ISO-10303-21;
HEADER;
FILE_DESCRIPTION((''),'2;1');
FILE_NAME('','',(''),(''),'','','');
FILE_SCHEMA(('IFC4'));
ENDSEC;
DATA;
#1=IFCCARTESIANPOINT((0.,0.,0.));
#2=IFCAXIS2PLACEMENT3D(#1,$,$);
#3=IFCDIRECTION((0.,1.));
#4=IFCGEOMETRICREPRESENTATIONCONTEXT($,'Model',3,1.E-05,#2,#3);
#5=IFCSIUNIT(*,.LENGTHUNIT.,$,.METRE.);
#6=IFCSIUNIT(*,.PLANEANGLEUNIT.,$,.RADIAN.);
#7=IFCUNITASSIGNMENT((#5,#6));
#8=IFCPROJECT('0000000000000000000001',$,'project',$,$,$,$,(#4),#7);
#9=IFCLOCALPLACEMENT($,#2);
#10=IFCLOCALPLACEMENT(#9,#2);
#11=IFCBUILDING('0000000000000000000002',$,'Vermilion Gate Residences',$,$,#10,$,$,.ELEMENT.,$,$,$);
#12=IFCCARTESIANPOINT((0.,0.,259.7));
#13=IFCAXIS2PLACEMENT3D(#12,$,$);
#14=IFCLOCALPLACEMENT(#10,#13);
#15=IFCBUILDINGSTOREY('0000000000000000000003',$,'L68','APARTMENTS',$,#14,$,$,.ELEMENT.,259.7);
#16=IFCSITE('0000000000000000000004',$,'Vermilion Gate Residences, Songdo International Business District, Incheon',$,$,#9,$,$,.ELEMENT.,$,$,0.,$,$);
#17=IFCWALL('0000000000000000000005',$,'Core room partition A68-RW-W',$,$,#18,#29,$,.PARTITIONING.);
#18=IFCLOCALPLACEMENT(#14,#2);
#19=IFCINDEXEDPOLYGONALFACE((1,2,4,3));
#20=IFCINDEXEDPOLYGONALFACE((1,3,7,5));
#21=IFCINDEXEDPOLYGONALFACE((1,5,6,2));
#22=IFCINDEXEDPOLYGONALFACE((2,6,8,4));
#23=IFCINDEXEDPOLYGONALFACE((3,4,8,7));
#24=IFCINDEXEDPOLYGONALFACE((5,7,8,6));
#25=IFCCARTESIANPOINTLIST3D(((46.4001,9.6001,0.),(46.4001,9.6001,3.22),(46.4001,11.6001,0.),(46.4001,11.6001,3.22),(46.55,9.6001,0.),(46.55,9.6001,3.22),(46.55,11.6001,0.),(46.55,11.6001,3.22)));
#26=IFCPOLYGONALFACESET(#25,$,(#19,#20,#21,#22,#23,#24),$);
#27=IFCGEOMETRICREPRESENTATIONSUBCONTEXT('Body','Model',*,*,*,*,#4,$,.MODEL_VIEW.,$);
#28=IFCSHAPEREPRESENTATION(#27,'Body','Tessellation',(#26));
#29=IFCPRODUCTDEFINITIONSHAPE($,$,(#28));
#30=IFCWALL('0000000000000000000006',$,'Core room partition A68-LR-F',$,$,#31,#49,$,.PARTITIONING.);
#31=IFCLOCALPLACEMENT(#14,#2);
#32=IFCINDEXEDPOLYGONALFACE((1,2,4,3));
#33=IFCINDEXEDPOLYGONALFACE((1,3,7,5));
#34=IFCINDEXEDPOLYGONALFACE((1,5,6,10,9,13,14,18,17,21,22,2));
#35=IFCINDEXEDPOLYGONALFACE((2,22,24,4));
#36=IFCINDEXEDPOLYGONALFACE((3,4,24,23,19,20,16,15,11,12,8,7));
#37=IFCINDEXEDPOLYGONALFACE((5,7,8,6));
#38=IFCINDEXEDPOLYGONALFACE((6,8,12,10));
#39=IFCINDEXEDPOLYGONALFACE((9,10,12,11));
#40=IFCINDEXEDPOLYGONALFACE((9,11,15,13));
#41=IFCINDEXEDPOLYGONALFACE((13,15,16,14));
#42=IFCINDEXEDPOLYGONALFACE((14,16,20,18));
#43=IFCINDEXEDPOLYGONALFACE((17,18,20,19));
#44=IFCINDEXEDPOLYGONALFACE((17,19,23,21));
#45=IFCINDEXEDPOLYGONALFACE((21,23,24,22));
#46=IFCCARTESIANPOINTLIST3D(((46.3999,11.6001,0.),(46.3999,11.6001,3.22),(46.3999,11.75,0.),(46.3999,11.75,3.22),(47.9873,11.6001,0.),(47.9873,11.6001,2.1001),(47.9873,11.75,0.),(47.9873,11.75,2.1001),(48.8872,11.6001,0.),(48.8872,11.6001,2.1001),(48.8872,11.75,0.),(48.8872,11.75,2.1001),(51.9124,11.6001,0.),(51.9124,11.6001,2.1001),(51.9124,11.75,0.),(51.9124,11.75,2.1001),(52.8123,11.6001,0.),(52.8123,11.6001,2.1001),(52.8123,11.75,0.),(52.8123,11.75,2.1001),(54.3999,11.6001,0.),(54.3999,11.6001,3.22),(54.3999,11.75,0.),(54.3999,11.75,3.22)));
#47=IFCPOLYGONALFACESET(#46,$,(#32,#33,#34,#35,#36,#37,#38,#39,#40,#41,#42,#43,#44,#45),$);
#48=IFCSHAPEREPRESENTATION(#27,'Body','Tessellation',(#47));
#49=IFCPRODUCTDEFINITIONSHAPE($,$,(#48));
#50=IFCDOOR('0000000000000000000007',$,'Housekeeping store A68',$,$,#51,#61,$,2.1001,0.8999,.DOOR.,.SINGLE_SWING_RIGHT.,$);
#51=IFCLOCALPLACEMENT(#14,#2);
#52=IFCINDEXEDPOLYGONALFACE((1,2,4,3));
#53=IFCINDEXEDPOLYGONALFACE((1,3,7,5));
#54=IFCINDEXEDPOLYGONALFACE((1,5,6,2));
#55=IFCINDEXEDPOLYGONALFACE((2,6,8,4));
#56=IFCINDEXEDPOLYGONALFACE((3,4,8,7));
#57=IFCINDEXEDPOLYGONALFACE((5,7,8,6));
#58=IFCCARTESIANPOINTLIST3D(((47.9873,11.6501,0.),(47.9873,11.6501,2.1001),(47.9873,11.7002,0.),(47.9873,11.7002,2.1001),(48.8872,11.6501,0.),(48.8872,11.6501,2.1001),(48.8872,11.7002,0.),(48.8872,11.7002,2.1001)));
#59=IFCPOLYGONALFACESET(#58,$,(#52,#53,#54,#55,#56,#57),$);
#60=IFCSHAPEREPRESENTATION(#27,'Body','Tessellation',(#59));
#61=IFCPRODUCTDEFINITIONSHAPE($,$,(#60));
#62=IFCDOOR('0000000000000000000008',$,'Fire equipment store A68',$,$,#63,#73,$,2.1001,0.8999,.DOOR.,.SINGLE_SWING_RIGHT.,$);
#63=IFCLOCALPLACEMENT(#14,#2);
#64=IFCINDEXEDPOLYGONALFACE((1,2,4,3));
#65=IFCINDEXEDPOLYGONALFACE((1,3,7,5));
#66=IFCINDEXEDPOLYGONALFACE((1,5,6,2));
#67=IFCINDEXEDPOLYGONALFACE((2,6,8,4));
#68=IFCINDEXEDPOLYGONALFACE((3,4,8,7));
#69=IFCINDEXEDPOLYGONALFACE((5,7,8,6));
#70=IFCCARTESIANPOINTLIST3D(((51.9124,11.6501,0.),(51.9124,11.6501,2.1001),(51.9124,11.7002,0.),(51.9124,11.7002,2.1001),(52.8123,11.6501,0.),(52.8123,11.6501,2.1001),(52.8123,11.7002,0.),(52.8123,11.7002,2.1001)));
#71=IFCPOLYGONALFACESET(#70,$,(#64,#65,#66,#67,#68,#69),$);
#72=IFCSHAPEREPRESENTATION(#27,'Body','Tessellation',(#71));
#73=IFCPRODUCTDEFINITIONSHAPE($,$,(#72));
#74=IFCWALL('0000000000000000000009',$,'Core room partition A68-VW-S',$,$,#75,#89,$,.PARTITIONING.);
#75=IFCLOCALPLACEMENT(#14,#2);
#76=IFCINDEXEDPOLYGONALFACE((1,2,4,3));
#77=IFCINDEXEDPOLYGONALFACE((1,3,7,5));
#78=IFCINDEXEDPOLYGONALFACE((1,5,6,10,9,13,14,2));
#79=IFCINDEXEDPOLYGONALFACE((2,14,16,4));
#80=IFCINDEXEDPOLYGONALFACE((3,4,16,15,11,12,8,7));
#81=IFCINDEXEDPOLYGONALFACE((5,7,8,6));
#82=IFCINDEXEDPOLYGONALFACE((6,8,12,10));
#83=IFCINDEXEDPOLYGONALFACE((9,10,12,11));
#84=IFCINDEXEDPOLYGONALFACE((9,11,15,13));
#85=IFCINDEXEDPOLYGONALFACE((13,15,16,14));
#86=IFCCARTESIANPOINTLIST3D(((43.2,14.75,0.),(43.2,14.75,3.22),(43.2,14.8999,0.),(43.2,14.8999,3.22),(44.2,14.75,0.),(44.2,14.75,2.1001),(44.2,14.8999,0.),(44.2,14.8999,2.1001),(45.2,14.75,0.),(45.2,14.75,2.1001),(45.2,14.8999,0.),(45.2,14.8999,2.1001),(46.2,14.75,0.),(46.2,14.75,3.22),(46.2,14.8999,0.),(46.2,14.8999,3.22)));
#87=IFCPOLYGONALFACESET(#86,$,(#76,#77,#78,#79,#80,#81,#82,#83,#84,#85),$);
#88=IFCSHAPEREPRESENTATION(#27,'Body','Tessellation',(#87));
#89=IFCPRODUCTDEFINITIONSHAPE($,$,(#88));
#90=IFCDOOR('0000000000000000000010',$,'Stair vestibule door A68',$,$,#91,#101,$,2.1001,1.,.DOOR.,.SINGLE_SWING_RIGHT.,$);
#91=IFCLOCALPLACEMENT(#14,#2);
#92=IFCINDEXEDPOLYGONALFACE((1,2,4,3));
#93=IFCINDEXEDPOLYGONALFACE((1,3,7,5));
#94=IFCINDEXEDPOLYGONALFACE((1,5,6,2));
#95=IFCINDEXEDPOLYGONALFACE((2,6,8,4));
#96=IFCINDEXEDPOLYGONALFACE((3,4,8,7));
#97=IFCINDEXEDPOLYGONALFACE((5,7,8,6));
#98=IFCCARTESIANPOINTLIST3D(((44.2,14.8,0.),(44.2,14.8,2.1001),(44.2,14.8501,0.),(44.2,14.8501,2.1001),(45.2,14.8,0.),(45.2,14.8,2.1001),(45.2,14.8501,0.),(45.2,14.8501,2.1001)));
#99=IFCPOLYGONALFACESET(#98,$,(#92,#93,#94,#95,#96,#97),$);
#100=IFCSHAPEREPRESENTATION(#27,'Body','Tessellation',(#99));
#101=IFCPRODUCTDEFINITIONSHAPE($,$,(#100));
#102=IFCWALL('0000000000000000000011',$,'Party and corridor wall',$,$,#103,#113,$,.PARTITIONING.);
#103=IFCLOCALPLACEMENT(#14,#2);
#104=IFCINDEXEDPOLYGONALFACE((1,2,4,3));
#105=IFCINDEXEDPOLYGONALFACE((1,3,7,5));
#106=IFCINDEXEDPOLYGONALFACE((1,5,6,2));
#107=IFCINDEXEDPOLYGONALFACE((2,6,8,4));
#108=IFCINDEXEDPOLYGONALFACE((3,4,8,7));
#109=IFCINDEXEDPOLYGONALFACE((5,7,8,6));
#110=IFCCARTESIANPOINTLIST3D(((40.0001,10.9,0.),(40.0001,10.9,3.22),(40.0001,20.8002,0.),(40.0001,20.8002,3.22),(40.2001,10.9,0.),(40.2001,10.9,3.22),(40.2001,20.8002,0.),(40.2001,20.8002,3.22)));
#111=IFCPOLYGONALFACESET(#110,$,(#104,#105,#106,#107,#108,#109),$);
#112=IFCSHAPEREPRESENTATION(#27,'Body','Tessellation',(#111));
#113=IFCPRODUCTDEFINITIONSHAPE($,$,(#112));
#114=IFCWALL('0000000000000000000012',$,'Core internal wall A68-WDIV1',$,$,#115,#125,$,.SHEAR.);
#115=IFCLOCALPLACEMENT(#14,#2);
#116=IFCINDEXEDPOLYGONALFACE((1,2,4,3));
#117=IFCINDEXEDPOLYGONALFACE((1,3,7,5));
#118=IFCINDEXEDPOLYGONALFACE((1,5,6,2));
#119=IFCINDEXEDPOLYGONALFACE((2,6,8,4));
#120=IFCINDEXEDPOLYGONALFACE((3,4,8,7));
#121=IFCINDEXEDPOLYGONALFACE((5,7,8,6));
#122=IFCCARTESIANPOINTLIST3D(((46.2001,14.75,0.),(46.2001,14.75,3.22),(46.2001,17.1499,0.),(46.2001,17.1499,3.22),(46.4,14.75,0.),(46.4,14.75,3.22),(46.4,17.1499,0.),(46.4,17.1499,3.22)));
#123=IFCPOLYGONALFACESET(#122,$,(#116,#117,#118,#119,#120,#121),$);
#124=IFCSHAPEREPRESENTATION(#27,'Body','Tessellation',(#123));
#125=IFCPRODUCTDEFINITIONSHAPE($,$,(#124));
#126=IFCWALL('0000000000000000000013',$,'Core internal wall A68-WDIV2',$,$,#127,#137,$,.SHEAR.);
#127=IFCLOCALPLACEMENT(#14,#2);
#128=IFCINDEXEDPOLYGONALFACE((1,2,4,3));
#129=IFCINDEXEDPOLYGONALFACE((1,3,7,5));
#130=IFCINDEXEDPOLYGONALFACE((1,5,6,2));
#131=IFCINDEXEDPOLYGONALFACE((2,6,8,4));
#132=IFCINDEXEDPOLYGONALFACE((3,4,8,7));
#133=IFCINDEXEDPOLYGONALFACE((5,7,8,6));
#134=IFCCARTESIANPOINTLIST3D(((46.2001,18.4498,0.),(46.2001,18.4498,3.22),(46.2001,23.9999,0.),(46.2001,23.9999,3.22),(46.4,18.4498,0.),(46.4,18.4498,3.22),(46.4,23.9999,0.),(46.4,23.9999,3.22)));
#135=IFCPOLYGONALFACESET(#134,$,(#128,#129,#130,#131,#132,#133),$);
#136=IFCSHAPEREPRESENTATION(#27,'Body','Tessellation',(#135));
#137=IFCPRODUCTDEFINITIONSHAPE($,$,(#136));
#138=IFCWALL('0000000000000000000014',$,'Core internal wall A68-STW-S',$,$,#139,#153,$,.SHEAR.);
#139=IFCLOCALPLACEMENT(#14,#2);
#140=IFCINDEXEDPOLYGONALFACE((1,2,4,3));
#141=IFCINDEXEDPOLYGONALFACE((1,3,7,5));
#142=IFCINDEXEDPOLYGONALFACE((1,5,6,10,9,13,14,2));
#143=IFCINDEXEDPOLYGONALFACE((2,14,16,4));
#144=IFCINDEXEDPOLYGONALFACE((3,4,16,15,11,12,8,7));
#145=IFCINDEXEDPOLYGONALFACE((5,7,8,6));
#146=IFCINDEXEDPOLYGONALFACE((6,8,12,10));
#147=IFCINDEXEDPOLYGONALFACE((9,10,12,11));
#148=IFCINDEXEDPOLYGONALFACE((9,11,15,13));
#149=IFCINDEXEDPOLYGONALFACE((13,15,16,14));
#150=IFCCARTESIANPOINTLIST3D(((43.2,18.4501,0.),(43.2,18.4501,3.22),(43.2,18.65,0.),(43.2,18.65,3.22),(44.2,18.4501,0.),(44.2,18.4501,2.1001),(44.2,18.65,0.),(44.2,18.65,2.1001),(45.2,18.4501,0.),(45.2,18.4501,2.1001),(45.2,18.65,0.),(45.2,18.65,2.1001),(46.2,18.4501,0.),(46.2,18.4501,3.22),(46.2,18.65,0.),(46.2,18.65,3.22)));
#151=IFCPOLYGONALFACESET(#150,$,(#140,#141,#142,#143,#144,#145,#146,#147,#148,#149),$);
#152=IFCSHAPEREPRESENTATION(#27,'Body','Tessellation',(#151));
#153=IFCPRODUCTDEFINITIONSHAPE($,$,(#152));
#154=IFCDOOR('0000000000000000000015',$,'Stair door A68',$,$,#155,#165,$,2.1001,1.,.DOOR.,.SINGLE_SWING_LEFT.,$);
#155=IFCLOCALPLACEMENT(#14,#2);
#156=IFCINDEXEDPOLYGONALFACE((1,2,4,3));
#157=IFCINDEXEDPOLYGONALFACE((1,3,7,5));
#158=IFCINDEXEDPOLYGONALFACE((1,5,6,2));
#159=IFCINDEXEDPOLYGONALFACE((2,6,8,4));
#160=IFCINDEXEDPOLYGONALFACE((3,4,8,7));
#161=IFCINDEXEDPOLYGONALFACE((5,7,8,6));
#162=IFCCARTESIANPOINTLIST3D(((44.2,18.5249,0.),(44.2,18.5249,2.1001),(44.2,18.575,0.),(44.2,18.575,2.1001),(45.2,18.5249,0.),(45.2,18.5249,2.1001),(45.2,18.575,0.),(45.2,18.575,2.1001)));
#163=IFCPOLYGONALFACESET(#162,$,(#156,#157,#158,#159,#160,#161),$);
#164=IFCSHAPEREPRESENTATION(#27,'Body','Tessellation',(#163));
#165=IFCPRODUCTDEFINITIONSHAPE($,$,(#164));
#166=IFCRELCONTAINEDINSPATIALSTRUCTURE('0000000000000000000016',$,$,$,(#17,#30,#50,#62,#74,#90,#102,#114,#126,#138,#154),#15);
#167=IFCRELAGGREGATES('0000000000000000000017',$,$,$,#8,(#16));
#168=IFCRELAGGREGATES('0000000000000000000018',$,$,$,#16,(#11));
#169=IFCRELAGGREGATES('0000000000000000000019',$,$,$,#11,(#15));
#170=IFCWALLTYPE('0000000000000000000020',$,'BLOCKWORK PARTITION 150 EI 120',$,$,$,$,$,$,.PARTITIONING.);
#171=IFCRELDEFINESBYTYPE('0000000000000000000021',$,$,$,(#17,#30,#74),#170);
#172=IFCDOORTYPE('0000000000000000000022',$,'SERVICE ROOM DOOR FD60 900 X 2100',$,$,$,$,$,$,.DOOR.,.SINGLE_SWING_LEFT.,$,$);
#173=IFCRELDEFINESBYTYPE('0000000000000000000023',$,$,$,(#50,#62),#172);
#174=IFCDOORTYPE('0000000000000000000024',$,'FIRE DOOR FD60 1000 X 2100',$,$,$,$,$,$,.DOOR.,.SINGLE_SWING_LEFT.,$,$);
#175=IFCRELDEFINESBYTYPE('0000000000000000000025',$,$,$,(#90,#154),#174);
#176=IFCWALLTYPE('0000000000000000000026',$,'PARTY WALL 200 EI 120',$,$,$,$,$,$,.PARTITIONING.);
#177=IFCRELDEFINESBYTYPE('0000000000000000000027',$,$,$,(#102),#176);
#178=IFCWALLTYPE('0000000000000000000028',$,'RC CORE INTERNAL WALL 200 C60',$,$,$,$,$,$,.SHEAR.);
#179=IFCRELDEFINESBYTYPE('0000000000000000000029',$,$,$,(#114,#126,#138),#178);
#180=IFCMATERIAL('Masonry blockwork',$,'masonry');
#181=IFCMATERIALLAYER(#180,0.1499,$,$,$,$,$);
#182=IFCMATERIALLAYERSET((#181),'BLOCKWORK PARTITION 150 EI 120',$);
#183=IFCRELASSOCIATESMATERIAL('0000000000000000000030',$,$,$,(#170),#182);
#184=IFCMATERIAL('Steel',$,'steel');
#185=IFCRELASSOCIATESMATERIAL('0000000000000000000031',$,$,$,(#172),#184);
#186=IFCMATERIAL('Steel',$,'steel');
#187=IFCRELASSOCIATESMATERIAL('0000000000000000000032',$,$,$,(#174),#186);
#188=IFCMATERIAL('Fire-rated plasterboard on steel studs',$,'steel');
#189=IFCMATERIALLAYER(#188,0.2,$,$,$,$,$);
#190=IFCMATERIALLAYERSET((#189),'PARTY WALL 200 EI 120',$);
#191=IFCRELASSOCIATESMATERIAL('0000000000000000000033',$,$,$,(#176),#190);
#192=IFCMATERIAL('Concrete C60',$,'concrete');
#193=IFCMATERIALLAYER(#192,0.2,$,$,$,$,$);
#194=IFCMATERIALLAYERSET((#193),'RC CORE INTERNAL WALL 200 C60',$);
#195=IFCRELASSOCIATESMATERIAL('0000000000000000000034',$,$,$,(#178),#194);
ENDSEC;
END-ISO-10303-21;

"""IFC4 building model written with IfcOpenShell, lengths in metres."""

from ifc_helpers import new_model, si_unit, direction, frame, frame_2d, origin, place, context, subcontext, project, spatial, rectangle, extrude, material, layer, layer_set, type_object, element, fill, save


model = new_model("IFC4")

# Units and contexts
model_context = context("Model", 3, precision=1e-05, world=origin(), true_north=direction((0.0, 1.0)))
body_context = subcontext(model_context, "Body", "Model", "MODEL_VIEW")
ifc_project = project(units=[si_unit("LENGTHUNIT", "METRE"), si_unit("PLANEANGLEUNIT", "RADIAN")], contexts=[model_context])

# Site, building, storey
site_placement = place(None, origin())
site = spatial("IfcSite", under=ifc_project, at=site_placement, Name="Vermilion Gate Residences, Songdo International Business District, Incheon", CompositionType="ELEMENT", RefElevation=0.0)
building_placement = place(site_placement, origin())
building = spatial("IfcBuilding", under=site, at=building_placement, Name="Vermilion Gate Residences", CompositionType="ELEMENT")
storey_placement = place(building_placement, frame((0.0, 0.0, 259.7)))
storey = spatial("IfcBuildingStorey", under=building, at=storey_placement, Name="L68", Description="APARTMENTS", CompositionType="ELEMENT", Elevation=259.7)

# Wall
ifc_material_1 = material(Name="Masonry blockwork", Category="masonry")
ifc_layer_1 = layer(ifc_material_1, 0.1499)
ifc_layer_set_1 = layer_set([ifc_layer_1], Name="BLOCKWORK PARTITION 150 EI 120")
wall_type_1 = type_object("IfcWallType", Name="BLOCKWORK PARTITION 150 EI 120", PredefinedType="PARTITIONING", material=ifc_layer_set_1)
wall_1_placement = place(storey_placement, frame((46.4751, 9.6001, 0.0), z_axis=(0.0, 0.0, 1.0), x_axis=(0.0, 1.0, 0.0)))
element("IfcWall", 1, at=wall_1_placement, inside=storey, type_object=wall_type_1, Name="Core room partition A68-RW-W", PredefinedType="PARTITIONING", context=body_context, shape_type="SweptSolid", body=[
    extrude(rectangle(XDim=2.0, YDim=0.1499, at=frame_2d((1.0, 0.0))), origin(), (0.0, 0.0, 1.0), 3.22),
])

# Wall, openings, doors
wall_2_placement = place(storey_placement, frame((46.3999, 11.675, 0.0), z_axis=(0.0, 0.0, 1.0), x_axis=(1.0, 0.0, 0.0)))
wall_2 = element("IfcWall", 2, at=wall_2_placement, inside=storey, type_object=wall_type_1, Name="Core room partition A68-LR-F", PredefinedType="PARTITIONING", context=body_context, shape_type="SweptSolid", body=[
    extrude(rectangle(XDim=8.0, YDim=0.1499, at=frame_2d((4.0, 0.0))), origin(), (0.0, 0.0, 1.0), 3.22),
])
opening_1_placement = place(wall_2_placement, frame((1.5874, 0.0, 0.0)))
opening_1 = element("IfcOpeningElement", 3, at=opening_1_placement, cuts=wall_2, PredefinedType="OPENING", context=body_context, shape_type="SweptSolid", body=[
    extrude(rectangle(XDim=0.8999, YDim=2.1001, at=frame_2d((0.45, 1.05))), frame((0.0, 0.085, 0.0), z_axis=(0.0, -1.0, 0.0), x_axis=(1.0, 0.0, 0.0)), (0.0, 0.0, 1.0), 0.1699),
])
opening_2_placement = place(wall_2_placement, frame((5.5125, 0.0, 0.0)))
opening_2 = element("IfcOpeningElement", 4, at=opening_2_placement, cuts=wall_2, PredefinedType="OPENING", context=body_context, shape_type="SweptSolid", body=[
    extrude(rectangle(XDim=0.8999, YDim=2.1001, at=frame_2d((0.45, 1.05))), frame((0.0, 0.085, 0.0), z_axis=(0.0, -1.0, 0.0), x_axis=(1.0, 0.0, 0.0)), (0.0, 0.0, 1.0), 0.1699),
])
ifc_material_2 = material(Name="Steel", Category="steel")
door_type_1 = type_object("IfcDoorType", Name="SERVICE ROOM DOOR FD60 900 X 2100", OperationType="SINGLE_SWING_LEFT", PredefinedType="DOOR", material=ifc_material_2)
door_1_placement = place(opening_1_placement, frame((0.8999, 0.0, 0.0), z_axis=(0.0, 0.0, 1.0), x_axis=(-1.0, 0.0, 0.0)))
door_1 = element("IfcDoor", 5, at=door_1_placement, inside=storey, type_object=door_type_1, Name="Housekeeping store A68", OperationType="SINGLE_SWING_RIGHT", OverallHeight=2.1001, OverallWidth=0.8999, PredefinedType="DOOR", context=body_context, shape_type="SweptSolid", body=[
    extrude(rectangle(XDim=0.8999, YDim=2.1001, at=frame_2d((0.45, 1.05))), frame((0.0, 0.0249, 0.0), z_axis=(0.0, -1.0, 0.0), x_axis=(1.0, 0.0, 0.0)), (0.0, 0.0, 1.0), 0.05),
])
fill(opening_1, door_1)
door_2_placement = place(opening_2_placement, frame((0.8999, 0.0, 0.0), z_axis=(0.0, 0.0, 1.0), x_axis=(-1.0, 0.0, 0.0)))
door_2 = element("IfcDoor", 6, at=door_2_placement, inside=storey, type_object=door_type_1, Name="Fire equipment store A68", OperationType="SINGLE_SWING_RIGHT", OverallHeight=2.1001, OverallWidth=0.8999, PredefinedType="DOOR", context=body_context, shape_type="SweptSolid", body=[
    extrude(rectangle(XDim=0.8999, YDim=2.1001, at=frame_2d((0.45, 1.05))), frame((0.0, 0.0249, 0.0), z_axis=(0.0, -1.0, 0.0), x_axis=(1.0, 0.0, 0.0)), (0.0, 0.0, 1.0), 0.05),
])
fill(opening_2, door_2)

# Wall, opening, door
wall_3_placement = place(storey_placement, frame((43.2, 14.825, 0.0), z_axis=(0.0, 0.0, 1.0), x_axis=(1.0, 0.0, 0.0)))
wall_3 = element("IfcWall", 7, at=wall_3_placement, inside=storey, type_object=wall_type_1, Name="Core room partition A68-VW-S", PredefinedType="PARTITIONING", context=body_context, shape_type="SweptSolid", body=[
    extrude(rectangle(XDim=3.0, YDim=0.1499, at=frame_2d((1.5, 0.0))), origin(), (0.0, 0.0, 1.0), 3.22),
])
opening_3_placement = place(wall_3_placement, frame((1.0, 0.0, 0.0)))
opening_3 = element("IfcOpeningElement", 8, at=opening_3_placement, cuts=wall_3, PredefinedType="OPENING", context=body_context, shape_type="SweptSolid", body=[
    extrude(rectangle(XDim=1.0, YDim=2.1001, at=frame_2d((0.5, 1.05))), frame((0.0, 0.085, 0.0), z_axis=(0.0, -1.0, 0.0), x_axis=(1.0, 0.0, 0.0)), (0.0, 0.0, 1.0), 0.1699),
])
ifc_material_3 = material(Name="Steel", Category="steel")
door_type_2 = type_object("IfcDoorType", Name="FIRE DOOR FD60 1000 X 2100", OperationType="SINGLE_SWING_LEFT", PredefinedType="DOOR", material=ifc_material_3)
door_3_placement = place(opening_3_placement, frame((1.0, 0.0, 0.0), z_axis=(0.0, 0.0, 1.0), x_axis=(-1.0, 0.0, 0.0)))
door_3 = element("IfcDoor", 9, at=door_3_placement, inside=storey, type_object=door_type_2, Name="Stair vestibule door A68", OperationType="SINGLE_SWING_RIGHT", OverallHeight=2.1001, OverallWidth=1.0, PredefinedType="DOOR", context=body_context, shape_type="SweptSolid", body=[
    extrude(rectangle(XDim=1.0, YDim=2.1001, at=frame_2d((0.5, 1.05))), frame((0.0, 0.0249, 0.0), z_axis=(0.0, -1.0, 0.0), x_axis=(1.0, 0.0, 0.0)), (0.0, 0.0, 1.0), 0.05),
])
fill(opening_3, door_3)

# Walls
ifc_material_4 = material(Name="Fire-rated plasterboard on steel studs", Category="steel")
ifc_layer_2 = layer(ifc_material_4, 0.2)
ifc_layer_set_2 = layer_set([ifc_layer_2], Name="PARTY WALL 200 EI 120")
wall_type_2 = type_object("IfcWallType", Name="PARTY WALL 200 EI 120", PredefinedType="PARTITIONING", material=ifc_layer_set_2)
wall_4_placement = place(storey_placement, frame((40.1001, 10.8999, 0.0), z_axis=(0.0, 0.0, 1.0), x_axis=(0.0, 1.0, 0.0)))
element("IfcWall", 10, at=wall_4_placement, inside=storey, type_object=wall_type_2, Name="Party and corridor wall", PredefinedType="PARTITIONING", context=body_context, shape_type="SweptSolid", body=[
    extrude(rectangle(XDim=9.9001, YDim=0.2, at=frame_2d((4.9502, 0.0))), origin(), (0.0, 0.0, 1.0), 3.22),
])
ifc_material_5 = material(Name="Concrete C60", Category="concrete")
ifc_layer_3 = layer(ifc_material_5, 0.2)
ifc_layer_set_3 = layer_set([ifc_layer_3], Name="RC CORE INTERNAL WALL 200 C60")
wall_type_3 = type_object("IfcWallType", Name="RC CORE INTERNAL WALL 200 C60", PredefinedType="SHEAR", material=ifc_layer_set_3)
wall_5_placement = place(storey_placement, frame((46.3, 14.75, 0.0), z_axis=(0.0, 0.0, 1.0), x_axis=(0.0, 1.0, 0.0)))
element("IfcWall", 11, at=wall_5_placement, inside=storey, type_object=wall_type_3, Name="Core internal wall A68-WDIV1", PredefinedType="SHEAR", context=body_context, shape_type="SweptSolid", body=[
    extrude(rectangle(XDim=2.3999, YDim=0.2, at=frame_2d((1.2, 0.0))), origin(), (0.0, 0.0, 1.0), 3.22),
])
wall_6_placement = place(storey_placement, frame((46.3, 18.45, 0.0), z_axis=(0.0, 0.0, 1.0), x_axis=(0.0, 1.0, 0.0)))
element("IfcWall", 12, at=wall_6_placement, inside=storey, type_object=wall_type_3, Name="Core internal wall A68-WDIV2", PredefinedType="SHEAR", context=body_context, shape_type="SweptSolid", body=[
    extrude(rectangle(XDim=5.55, YDim=0.2, at=frame_2d((2.7749, 0.0))), origin(), (0.0, 0.0, 1.0), 3.22),
])

# Wall, opening, door
wall_7_placement = place(storey_placement, frame((43.2, 18.55, 0.0), z_axis=(0.0, 0.0, 1.0), x_axis=(1.0, 0.0, 0.0)))
wall_7 = element("IfcWall", 13, at=wall_7_placement, inside=storey, type_object=wall_type_3, Name="Core internal wall A68-STW-S", PredefinedType="SHEAR", context=body_context, shape_type="SweptSolid", body=[
    extrude(rectangle(XDim=3.0, YDim=0.2, at=frame_2d((1.5, 0.0))), origin(), (0.0, 0.0, 1.0), 3.22),
])
opening_4_placement = place(wall_7_placement, frame((1.0, 0.0, 0.0)))
opening_4 = element("IfcOpeningElement", 14, at=opening_4_placement, cuts=wall_7, PredefinedType="OPENING", context=body_context, shape_type="SweptSolid", body=[
    extrude(rectangle(XDim=1.0, YDim=2.1001, at=frame_2d((0.5, 1.05))), frame((0.0, 0.1099, 0.0), z_axis=(0.0, -1.0, 0.0), x_axis=(1.0, 0.0, 0.0)), (0.0, 0.0, 1.0), 0.22),
])
door_4_placement = place(opening_4_placement, origin())
door_4 = element("IfcDoor", 15, at=door_4_placement, inside=storey, type_object=door_type_2, Name="Stair door A68", OperationType="SINGLE_SWING_LEFT", OverallHeight=2.1001, OverallWidth=1.0, PredefinedType="DOOR", context=body_context, shape_type="SweptSolid", body=[
    extrude(rectangle(XDim=1.0, YDim=2.1001, at=frame_2d((0.5, 1.05))), frame((0.0, 0.0249, 0.0), z_axis=(0.0, -1.0, 0.0), x_axis=(1.0, 0.0, 0.0)), (0.0, 0.0, 1.0), 0.05),
])
fill(opening_4, door_4)

save(model, "model.ifc")
